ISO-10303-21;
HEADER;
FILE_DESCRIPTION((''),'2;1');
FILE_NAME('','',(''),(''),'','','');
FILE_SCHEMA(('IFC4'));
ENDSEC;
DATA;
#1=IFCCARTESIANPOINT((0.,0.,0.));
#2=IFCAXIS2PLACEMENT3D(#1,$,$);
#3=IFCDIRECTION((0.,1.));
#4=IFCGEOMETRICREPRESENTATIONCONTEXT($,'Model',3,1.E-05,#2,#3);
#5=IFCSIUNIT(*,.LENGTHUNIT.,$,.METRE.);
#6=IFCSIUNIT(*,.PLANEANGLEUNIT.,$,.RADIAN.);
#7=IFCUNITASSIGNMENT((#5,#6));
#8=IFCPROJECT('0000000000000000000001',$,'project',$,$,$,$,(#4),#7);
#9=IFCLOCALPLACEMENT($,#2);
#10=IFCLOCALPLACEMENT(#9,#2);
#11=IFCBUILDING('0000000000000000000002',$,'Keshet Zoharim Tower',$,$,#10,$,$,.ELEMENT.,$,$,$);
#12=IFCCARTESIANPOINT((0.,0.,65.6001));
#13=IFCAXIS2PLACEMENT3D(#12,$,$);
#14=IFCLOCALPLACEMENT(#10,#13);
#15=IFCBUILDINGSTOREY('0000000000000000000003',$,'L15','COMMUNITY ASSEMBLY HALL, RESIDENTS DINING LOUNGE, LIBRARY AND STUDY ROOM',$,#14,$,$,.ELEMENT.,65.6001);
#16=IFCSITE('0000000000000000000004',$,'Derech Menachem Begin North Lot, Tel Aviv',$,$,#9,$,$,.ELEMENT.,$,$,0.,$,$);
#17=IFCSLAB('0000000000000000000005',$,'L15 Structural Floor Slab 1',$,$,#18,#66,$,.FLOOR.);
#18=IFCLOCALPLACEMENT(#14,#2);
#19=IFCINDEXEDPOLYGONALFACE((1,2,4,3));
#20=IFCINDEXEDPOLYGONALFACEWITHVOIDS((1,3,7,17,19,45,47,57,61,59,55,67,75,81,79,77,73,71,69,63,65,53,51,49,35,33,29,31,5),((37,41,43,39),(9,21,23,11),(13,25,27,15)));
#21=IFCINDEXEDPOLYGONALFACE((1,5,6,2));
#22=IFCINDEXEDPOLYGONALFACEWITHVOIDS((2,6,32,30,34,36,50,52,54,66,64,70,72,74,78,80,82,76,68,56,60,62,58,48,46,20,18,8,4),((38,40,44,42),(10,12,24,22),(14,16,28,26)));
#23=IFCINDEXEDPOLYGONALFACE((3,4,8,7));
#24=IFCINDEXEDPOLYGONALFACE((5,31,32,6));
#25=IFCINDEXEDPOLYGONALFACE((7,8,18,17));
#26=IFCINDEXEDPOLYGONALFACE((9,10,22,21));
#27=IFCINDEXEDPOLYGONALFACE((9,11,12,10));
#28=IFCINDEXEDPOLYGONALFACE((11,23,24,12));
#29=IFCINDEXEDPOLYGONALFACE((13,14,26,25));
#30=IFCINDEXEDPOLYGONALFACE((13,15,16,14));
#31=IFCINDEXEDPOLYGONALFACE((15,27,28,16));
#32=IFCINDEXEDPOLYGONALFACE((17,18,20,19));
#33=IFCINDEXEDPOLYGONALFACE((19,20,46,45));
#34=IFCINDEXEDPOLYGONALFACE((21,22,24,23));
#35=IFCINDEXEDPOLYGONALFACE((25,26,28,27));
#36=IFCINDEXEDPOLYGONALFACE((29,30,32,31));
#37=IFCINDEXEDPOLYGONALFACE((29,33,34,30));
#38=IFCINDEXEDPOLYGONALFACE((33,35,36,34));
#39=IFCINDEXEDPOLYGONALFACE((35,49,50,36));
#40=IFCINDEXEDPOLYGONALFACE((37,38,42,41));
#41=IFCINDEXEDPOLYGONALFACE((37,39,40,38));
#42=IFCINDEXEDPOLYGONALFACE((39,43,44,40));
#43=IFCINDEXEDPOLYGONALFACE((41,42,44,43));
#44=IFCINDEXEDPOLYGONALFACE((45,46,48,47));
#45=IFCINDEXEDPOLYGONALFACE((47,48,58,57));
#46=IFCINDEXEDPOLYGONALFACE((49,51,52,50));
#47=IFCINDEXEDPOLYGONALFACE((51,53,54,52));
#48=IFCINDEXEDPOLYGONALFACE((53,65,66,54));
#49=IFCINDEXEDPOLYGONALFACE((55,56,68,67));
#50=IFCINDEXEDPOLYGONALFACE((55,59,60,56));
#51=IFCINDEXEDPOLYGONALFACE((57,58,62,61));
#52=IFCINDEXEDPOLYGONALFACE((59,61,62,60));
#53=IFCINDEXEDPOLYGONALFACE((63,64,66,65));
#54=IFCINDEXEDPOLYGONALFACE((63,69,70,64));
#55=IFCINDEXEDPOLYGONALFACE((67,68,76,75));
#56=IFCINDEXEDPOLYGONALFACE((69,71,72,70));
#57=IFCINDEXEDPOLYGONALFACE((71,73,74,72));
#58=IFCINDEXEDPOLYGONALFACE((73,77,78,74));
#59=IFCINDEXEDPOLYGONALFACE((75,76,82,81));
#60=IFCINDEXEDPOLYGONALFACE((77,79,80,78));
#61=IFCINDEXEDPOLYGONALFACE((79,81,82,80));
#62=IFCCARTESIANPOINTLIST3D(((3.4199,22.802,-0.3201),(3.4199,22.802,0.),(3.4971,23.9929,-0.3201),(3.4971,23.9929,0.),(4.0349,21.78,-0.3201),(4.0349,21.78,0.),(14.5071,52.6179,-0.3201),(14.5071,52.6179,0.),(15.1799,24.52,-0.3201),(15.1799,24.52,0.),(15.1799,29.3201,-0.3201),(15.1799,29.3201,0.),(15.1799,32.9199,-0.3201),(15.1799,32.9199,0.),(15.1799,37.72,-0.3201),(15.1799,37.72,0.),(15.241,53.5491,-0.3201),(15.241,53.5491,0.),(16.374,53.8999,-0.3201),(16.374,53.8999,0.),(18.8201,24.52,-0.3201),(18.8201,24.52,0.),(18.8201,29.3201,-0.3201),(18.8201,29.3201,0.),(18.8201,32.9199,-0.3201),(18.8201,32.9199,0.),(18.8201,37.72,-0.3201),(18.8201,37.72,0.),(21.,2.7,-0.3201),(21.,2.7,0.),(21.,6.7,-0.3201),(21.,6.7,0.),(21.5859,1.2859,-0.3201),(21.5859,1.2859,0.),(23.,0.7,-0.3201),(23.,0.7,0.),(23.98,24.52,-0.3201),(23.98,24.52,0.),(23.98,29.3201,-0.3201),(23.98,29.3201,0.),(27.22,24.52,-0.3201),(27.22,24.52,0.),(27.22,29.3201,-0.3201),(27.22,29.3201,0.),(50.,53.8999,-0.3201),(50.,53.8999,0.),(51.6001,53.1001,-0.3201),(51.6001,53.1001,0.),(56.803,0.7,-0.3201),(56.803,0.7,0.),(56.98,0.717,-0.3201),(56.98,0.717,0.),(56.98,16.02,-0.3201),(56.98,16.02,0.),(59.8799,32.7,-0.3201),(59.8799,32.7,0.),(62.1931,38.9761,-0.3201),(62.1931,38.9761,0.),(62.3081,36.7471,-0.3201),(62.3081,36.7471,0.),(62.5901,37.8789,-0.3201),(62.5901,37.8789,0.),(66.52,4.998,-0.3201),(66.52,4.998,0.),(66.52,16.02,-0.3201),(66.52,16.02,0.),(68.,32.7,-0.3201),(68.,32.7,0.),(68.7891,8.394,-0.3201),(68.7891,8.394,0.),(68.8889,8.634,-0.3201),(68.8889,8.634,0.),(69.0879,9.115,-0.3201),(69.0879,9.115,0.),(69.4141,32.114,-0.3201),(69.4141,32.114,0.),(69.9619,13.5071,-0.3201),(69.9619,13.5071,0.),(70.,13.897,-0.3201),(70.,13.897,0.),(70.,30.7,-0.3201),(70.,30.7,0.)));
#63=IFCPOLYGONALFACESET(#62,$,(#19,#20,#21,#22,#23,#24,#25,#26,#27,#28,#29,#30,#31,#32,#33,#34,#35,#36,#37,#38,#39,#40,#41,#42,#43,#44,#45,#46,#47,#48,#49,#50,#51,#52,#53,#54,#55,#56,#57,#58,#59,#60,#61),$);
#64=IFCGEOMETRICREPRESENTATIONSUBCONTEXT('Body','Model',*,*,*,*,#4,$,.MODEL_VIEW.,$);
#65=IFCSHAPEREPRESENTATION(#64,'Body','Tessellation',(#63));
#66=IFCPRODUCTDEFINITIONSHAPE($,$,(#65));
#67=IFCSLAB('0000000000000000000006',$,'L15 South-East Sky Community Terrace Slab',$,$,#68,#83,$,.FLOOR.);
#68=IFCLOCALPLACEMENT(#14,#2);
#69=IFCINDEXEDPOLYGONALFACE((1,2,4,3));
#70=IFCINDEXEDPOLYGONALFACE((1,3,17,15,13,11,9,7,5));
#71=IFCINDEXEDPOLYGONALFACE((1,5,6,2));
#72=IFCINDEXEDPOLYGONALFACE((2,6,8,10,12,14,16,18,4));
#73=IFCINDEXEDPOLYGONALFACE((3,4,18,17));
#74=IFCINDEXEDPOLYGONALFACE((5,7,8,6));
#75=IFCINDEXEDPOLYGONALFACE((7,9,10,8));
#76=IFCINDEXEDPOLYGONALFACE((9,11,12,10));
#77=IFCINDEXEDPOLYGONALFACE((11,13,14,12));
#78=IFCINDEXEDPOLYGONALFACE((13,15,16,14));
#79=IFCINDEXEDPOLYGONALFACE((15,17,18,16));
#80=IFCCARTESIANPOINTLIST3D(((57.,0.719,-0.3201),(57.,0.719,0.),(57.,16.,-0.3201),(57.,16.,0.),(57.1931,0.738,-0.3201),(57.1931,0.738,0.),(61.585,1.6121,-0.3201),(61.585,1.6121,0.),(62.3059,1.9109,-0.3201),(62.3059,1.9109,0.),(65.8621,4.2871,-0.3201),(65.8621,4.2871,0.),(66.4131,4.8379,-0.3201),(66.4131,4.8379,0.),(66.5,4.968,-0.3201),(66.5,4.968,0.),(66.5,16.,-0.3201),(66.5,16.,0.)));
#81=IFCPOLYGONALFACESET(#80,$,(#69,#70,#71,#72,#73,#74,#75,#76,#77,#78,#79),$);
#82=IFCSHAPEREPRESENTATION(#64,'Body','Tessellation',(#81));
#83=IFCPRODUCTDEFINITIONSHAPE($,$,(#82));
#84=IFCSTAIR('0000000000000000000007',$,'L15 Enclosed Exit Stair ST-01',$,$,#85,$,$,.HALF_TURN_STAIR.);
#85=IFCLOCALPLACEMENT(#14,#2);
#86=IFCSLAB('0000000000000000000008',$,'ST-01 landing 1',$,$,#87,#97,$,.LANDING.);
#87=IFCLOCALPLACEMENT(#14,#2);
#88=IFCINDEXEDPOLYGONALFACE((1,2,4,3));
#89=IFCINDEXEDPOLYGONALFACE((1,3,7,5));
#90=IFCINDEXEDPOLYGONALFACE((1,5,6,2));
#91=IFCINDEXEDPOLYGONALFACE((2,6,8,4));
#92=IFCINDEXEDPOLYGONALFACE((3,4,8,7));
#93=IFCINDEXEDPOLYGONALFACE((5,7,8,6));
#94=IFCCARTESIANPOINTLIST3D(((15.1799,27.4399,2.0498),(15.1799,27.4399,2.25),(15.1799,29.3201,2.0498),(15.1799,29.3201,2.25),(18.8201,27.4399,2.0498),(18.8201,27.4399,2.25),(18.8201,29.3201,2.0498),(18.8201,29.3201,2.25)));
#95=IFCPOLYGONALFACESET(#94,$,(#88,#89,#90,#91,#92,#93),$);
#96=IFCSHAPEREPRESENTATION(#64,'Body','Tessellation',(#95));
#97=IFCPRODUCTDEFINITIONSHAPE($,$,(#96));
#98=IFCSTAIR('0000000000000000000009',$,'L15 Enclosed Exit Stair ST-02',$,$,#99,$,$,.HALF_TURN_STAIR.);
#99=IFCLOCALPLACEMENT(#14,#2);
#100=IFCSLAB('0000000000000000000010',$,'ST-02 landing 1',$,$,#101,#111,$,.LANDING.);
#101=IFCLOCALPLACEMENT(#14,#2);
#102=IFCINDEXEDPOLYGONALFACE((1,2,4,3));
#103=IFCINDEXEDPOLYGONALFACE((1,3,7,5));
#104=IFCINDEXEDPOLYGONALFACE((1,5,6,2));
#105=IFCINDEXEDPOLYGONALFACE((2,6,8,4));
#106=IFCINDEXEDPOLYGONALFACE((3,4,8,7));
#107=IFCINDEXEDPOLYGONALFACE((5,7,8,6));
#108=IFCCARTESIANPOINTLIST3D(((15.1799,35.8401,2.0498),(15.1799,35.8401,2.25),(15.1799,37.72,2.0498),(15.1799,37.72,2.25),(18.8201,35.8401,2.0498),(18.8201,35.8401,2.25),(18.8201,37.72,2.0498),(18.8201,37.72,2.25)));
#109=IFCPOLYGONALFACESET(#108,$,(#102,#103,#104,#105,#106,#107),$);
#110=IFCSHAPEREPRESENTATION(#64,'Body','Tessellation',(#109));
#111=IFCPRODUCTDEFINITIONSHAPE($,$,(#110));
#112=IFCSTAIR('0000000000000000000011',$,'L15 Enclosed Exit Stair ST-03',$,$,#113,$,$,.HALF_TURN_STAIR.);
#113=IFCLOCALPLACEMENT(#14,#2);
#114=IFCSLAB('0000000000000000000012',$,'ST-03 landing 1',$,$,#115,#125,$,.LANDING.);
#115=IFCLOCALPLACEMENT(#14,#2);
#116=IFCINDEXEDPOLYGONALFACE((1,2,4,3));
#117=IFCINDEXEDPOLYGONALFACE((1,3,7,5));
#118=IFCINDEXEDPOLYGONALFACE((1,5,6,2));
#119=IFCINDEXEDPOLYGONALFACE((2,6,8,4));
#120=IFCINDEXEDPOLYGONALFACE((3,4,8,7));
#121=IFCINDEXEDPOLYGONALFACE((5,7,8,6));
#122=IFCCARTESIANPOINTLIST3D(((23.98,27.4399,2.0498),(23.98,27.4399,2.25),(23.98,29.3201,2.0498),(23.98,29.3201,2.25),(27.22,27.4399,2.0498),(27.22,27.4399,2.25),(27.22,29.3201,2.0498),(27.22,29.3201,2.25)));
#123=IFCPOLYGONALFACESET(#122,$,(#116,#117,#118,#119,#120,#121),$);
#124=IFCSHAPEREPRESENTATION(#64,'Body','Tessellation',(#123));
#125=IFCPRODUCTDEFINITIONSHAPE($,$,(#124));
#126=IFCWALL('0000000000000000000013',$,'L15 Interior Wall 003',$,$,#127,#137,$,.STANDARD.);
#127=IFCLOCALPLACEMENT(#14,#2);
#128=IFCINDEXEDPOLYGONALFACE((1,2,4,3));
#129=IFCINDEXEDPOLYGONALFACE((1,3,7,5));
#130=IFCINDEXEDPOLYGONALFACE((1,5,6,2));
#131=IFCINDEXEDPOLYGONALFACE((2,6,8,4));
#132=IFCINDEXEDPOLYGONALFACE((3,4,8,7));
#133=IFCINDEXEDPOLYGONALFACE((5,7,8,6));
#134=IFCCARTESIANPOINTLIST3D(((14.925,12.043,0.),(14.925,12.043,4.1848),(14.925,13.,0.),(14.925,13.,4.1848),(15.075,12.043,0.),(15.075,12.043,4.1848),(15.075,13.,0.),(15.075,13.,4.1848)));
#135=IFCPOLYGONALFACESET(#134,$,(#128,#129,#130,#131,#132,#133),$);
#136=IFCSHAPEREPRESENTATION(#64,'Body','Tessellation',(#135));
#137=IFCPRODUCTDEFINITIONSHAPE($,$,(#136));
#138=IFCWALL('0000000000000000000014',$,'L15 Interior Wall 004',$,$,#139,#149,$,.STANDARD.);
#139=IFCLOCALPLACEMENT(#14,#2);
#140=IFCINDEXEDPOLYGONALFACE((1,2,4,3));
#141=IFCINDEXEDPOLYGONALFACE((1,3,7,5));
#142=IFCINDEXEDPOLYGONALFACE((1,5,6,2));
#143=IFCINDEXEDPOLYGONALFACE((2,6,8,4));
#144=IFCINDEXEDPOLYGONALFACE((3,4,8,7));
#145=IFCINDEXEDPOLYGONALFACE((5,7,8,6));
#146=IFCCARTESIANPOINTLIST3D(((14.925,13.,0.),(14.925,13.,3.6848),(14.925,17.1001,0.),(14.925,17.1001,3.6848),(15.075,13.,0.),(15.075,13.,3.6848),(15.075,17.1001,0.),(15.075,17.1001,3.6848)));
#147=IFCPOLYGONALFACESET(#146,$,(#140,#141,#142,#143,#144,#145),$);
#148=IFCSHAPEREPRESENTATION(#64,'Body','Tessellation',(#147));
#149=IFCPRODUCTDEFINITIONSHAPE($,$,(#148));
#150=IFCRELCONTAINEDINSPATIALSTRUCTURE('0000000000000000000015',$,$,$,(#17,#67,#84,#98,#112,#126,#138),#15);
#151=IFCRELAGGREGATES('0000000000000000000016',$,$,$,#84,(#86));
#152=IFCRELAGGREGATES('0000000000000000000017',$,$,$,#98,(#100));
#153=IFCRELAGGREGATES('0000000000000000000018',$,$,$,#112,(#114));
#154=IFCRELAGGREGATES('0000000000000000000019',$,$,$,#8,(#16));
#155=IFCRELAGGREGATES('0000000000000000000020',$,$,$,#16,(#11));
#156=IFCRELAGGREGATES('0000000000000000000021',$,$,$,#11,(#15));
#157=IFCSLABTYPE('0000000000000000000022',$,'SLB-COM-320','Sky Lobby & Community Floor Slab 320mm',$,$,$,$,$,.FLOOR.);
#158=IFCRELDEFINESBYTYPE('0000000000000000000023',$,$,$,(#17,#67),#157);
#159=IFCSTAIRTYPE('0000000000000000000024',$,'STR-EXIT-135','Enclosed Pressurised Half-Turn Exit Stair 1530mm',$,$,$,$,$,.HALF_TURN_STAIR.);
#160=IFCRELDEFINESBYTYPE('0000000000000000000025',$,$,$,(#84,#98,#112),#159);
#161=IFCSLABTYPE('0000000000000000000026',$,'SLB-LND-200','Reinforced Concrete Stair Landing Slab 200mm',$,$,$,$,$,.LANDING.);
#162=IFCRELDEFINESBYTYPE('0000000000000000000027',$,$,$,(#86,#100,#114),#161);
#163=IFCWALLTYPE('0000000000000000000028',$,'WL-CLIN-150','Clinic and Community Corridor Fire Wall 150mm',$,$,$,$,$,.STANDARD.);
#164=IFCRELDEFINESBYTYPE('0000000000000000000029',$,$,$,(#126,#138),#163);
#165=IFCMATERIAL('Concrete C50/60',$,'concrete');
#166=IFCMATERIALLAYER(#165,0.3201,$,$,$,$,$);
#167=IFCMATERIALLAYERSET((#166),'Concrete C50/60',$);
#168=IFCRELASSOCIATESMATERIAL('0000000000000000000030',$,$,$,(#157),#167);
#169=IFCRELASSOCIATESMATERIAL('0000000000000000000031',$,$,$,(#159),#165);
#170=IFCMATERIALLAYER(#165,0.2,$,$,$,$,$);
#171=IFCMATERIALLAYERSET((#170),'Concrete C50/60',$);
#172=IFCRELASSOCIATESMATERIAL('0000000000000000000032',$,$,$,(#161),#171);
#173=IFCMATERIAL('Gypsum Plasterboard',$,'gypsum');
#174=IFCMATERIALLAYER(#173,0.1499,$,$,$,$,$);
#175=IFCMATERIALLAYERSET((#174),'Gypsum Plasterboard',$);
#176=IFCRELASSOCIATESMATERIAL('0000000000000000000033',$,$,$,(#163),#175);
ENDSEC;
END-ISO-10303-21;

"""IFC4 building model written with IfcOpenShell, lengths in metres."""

from ifc_helpers import new_model, si_unit, direction, frame, frame_2d, origin, place, context, subcontext, project, spatial, polyline, rectangle, outline, extrude, material, layer, layer_set, type_object, element, aggregate, save


model = new_model("IFC4")

# Units and contexts
model_context = context("Model", 3, precision=1e-05, world=origin(), true_north=direction((0.0, 1.0)))
body_context = subcontext(model_context, "Body", "Model", "MODEL_VIEW")
ifc_project = project(units=[si_unit("LENGTHUNIT", "METRE"), si_unit("PLANEANGLEUNIT", "RADIAN")], contexts=[model_context])

# Site, building, storey
site_placement = place(None, origin())
site = spatial("IfcSite", under=ifc_project, at=site_placement, Name="Derech Menachem Begin North Lot, Tel Aviv", CompositionType="ELEMENT", RefElevation=0.0)
building_placement = place(site_placement, origin())
building = spatial("IfcBuilding", under=site, at=building_placement, Name="Keshet Zoharim Tower", CompositionType="ELEMENT")
storey_placement = place(building_placement, frame((0.0, 0.0, 65.6001)))
storey = spatial("IfcBuildingStorey", under=building, at=storey_placement, Name="L15", Description="COMMUNITY ASSEMBLY HALL, RESIDENTS DINING LOUNGE, LIBRARY AND STUDY ROOM", CompositionType="ELEMENT", Elevation=65.6001)

# Slabs
ifc_material_1 = material(Name="Concrete C50/60", Category="concrete")
ifc_layer_1 = layer(ifc_material_1, 0.3201)
ifc_layer_set_1 = layer_set([ifc_layer_1], Name="Concrete C50/60")
slab_type_1 = type_object("IfcSlabType", Name="SLB-COM-320", Description="Sky Lobby & Community Floor Slab 320mm", PredefinedType="FLOOR", material=ifc_layer_set_1)
slab_1_placement = place(storey_placement, frame((0.0, 0.0, -0.3201)))
element("IfcSlab", 1, at=slab_1_placement, inside=storey, type_object=slab_type_1, Name="L15 Structural Floor Slab 1", PredefinedType="FLOOR", context=body_context, shape_type="SweptSolid", body=[
    extrude(outline(polyline([(3.4971, 23.9929), (14.5071, 52.6179), (15.241, 53.5491), (16.374, 53.8999), (50.0, 53.8999), (51.6001, 53.1001), (62.1931, 38.9761), (62.5901, 37.8789), (62.3081, 36.7471), (59.8799, 32.7), (68.0, 32.7), (69.4141, 32.114), (70.0, 30.7), (70.0, 13.897), (69.9619, 13.5071), (69.0879, 9.115), (68.8889, 8.634), (68.7891, 8.394), (66.52, 4.998), (66.52, 16.02), (56.98, 16.02), (56.98, 0.717), (56.803, 0.7), (23.0, 0.7), (21.5859, 1.2859), (21.0, 2.7), (21.0, 6.7), (4.0349, 21.78), (3.4199, 22.802), (3.4971, 23.9929)]), holes=[polyline([(15.1799, 24.52), (18.8201, 24.52), (18.8201, 29.3201), (15.1799, 29.3201), (15.1799, 24.52)]), polyline([(15.1799, 32.9199), (18.8201, 32.9199), (18.8201, 37.72), (15.1799, 37.72), (15.1799, 32.9199)]), polyline([(23.98, 24.52), (27.22, 24.52), (27.22, 29.3201), (23.98, 29.3201), (23.98, 24.52)])]), origin(), (0.0, 0.0, 1.0), 0.3201),
])
slab_2_placement = place(storey_placement, frame((0.0, 0.0, -0.3201)))
element("IfcSlab", 2, at=slab_2_placement, inside=storey, type_object=slab_type_1, Name="L15 South-East Sky Community Terrace Slab", PredefinedType="FLOOR", context=body_context, shape_type="SweptSolid", body=[
    extrude(outline(polyline([(57.0, 16.0), (66.5, 16.0), (66.5, 4.968), (66.4131, 4.8379), (65.8621, 4.2871), (62.3059, 1.9109), (61.585, 1.6121), (57.1931, 0.738), (57.0, 0.719), (57.0, 16.0)])), origin(), (0.0, 0.0, 1.0), 0.3201),
])

# Stairs, slabs
stair_type = type_object("IfcStairType", Name="STR-EXIT-135", Description="Enclosed Pressurised Half-Turn Exit Stair 1530mm", PredefinedType="HALF_TURN_STAIR", material=ifc_material_1)
stair_1_placement = place(storey_placement, origin())
stair_1 = element("IfcStair", 3, at=stair_1_placement, inside=storey, type_object=stair_type, Name="L15 Enclosed Exit Stair ST-01", PredefinedType="HALF_TURN_STAIR")
ifc_layer_2 = layer(ifc_material_1, 0.2)
ifc_layer_set_2 = layer_set([ifc_layer_2], Name="Concrete C50/60")
slab_type_2 = type_object("IfcSlabType", Name="SLB-LND-200", Description="Reinforced Concrete Stair Landing Slab 200mm", PredefinedType="LANDING", material=ifc_layer_set_2)
slab_3_placement = place(storey_placement, frame((0.0, 0.0, 2.0498)))
slab_3 = element("IfcSlab", 4, at=slab_3_placement, type_object=slab_type_2, Name="ST-01 landing 1", PredefinedType="LANDING", context=body_context, shape_type="SweptSolid", body=[
    extrude(outline(polyline([(15.1799, 27.4399), (18.8201, 27.4399), (18.8201, 29.3201), (15.1799, 29.3201), (15.1799, 27.4399)])), origin(), (0.0, 0.0, 1.0), 0.2002),
])
aggregate(stair_1, [slab_3])
stair_2_placement = place(storey_placement, origin())
stair_2 = element("IfcStair", 5, at=stair_2_placement, inside=storey, type_object=stair_type, Name="L15 Enclosed Exit Stair ST-02", PredefinedType="HALF_TURN_STAIR")
slab_4_placement = place(storey_placement, frame((0.0, 0.0, 2.0498)))
slab_4 = element("IfcSlab", 6, at=slab_4_placement, type_object=slab_type_2, Name="ST-02 landing 1", PredefinedType="LANDING", context=body_context, shape_type="SweptSolid", body=[
    extrude(outline(polyline([(15.1799, 35.8401), (18.8201, 35.8401), (18.8201, 37.72), (15.1799, 37.72), (15.1799, 35.8401)])), origin(), (0.0, 0.0, 1.0), 0.2002),
])
aggregate(stair_2, [slab_4])
stair_3_placement = place(storey_placement, origin())
stair_3 = element("IfcStair", 7, at=stair_3_placement, inside=storey, type_object=stair_type, Name="L15 Enclosed Exit Stair ST-03", PredefinedType="HALF_TURN_STAIR")
slab_5_placement = place(storey_placement, frame((0.0, 0.0, 2.0498)))
slab_5 = element("IfcSlab", 8, at=slab_5_placement, type_object=slab_type_2, Name="ST-03 landing 1", PredefinedType="LANDING", context=body_context, shape_type="SweptSolid", body=[
    extrude(outline(polyline([(23.98, 27.4399), (27.22, 27.4399), (27.22, 29.3201), (23.98, 29.3201), (23.98, 27.4399)])), origin(), (0.0, 0.0, 1.0), 0.2002),
])
aggregate(stair_3, [slab_5])

# Walls
ifc_material_2 = material(Name="Gypsum Plasterboard", Category="gypsum")
ifc_layer_3 = layer(ifc_material_2, 0.1499)
ifc_layer_set_3 = layer_set([ifc_layer_3], Name="Gypsum Plasterboard")
wall_type_1 = type_object("IfcWallType", Name="WL-CLIN-150", Description="Clinic and Community Corridor Fire Wall 150mm", PredefinedType="STANDARD", material=ifc_layer_set_3)
wall_1_placement = place(storey_placement, frame((15.0, 12.043, 0.0), z_axis=(0.0, 0.0, 1.0), x_axis=(0.0, 1.0, 0.0)))
element("IfcWall", 9, at=wall_1_placement, inside=storey, type_object=wall_type_1, Name="L15 Interior Wall 003", PredefinedType="STANDARD", context=body_context, shape_type="SweptSolid", body=[
    extrude(rectangle(XDim=0.957, YDim=0.1499, at=frame_2d((0.4785, 0.0))), origin(), (0.0, 0.0, 1.0), 4.1848),
])
wall_2_placement = place(storey_placement, frame((15.0, 13.0, 0.0), z_axis=(0.0, 0.0, 1.0), x_axis=(0.0, 1.0, 0.0)))
element("IfcWall", 10, at=wall_2_placement, inside=storey, type_object=wall_type_1, Name="L15 Interior Wall 004", PredefinedType="STANDARD", context=body_context, shape_type="SweptSolid", body=[
    extrude(rectangle(XDim=4.1001, YDim=0.1499, at=frame_2d((2.05, 0.0))), origin(), (0.0, 0.0, 1.0), 3.6848),
])

save(model, "model.ifc")
